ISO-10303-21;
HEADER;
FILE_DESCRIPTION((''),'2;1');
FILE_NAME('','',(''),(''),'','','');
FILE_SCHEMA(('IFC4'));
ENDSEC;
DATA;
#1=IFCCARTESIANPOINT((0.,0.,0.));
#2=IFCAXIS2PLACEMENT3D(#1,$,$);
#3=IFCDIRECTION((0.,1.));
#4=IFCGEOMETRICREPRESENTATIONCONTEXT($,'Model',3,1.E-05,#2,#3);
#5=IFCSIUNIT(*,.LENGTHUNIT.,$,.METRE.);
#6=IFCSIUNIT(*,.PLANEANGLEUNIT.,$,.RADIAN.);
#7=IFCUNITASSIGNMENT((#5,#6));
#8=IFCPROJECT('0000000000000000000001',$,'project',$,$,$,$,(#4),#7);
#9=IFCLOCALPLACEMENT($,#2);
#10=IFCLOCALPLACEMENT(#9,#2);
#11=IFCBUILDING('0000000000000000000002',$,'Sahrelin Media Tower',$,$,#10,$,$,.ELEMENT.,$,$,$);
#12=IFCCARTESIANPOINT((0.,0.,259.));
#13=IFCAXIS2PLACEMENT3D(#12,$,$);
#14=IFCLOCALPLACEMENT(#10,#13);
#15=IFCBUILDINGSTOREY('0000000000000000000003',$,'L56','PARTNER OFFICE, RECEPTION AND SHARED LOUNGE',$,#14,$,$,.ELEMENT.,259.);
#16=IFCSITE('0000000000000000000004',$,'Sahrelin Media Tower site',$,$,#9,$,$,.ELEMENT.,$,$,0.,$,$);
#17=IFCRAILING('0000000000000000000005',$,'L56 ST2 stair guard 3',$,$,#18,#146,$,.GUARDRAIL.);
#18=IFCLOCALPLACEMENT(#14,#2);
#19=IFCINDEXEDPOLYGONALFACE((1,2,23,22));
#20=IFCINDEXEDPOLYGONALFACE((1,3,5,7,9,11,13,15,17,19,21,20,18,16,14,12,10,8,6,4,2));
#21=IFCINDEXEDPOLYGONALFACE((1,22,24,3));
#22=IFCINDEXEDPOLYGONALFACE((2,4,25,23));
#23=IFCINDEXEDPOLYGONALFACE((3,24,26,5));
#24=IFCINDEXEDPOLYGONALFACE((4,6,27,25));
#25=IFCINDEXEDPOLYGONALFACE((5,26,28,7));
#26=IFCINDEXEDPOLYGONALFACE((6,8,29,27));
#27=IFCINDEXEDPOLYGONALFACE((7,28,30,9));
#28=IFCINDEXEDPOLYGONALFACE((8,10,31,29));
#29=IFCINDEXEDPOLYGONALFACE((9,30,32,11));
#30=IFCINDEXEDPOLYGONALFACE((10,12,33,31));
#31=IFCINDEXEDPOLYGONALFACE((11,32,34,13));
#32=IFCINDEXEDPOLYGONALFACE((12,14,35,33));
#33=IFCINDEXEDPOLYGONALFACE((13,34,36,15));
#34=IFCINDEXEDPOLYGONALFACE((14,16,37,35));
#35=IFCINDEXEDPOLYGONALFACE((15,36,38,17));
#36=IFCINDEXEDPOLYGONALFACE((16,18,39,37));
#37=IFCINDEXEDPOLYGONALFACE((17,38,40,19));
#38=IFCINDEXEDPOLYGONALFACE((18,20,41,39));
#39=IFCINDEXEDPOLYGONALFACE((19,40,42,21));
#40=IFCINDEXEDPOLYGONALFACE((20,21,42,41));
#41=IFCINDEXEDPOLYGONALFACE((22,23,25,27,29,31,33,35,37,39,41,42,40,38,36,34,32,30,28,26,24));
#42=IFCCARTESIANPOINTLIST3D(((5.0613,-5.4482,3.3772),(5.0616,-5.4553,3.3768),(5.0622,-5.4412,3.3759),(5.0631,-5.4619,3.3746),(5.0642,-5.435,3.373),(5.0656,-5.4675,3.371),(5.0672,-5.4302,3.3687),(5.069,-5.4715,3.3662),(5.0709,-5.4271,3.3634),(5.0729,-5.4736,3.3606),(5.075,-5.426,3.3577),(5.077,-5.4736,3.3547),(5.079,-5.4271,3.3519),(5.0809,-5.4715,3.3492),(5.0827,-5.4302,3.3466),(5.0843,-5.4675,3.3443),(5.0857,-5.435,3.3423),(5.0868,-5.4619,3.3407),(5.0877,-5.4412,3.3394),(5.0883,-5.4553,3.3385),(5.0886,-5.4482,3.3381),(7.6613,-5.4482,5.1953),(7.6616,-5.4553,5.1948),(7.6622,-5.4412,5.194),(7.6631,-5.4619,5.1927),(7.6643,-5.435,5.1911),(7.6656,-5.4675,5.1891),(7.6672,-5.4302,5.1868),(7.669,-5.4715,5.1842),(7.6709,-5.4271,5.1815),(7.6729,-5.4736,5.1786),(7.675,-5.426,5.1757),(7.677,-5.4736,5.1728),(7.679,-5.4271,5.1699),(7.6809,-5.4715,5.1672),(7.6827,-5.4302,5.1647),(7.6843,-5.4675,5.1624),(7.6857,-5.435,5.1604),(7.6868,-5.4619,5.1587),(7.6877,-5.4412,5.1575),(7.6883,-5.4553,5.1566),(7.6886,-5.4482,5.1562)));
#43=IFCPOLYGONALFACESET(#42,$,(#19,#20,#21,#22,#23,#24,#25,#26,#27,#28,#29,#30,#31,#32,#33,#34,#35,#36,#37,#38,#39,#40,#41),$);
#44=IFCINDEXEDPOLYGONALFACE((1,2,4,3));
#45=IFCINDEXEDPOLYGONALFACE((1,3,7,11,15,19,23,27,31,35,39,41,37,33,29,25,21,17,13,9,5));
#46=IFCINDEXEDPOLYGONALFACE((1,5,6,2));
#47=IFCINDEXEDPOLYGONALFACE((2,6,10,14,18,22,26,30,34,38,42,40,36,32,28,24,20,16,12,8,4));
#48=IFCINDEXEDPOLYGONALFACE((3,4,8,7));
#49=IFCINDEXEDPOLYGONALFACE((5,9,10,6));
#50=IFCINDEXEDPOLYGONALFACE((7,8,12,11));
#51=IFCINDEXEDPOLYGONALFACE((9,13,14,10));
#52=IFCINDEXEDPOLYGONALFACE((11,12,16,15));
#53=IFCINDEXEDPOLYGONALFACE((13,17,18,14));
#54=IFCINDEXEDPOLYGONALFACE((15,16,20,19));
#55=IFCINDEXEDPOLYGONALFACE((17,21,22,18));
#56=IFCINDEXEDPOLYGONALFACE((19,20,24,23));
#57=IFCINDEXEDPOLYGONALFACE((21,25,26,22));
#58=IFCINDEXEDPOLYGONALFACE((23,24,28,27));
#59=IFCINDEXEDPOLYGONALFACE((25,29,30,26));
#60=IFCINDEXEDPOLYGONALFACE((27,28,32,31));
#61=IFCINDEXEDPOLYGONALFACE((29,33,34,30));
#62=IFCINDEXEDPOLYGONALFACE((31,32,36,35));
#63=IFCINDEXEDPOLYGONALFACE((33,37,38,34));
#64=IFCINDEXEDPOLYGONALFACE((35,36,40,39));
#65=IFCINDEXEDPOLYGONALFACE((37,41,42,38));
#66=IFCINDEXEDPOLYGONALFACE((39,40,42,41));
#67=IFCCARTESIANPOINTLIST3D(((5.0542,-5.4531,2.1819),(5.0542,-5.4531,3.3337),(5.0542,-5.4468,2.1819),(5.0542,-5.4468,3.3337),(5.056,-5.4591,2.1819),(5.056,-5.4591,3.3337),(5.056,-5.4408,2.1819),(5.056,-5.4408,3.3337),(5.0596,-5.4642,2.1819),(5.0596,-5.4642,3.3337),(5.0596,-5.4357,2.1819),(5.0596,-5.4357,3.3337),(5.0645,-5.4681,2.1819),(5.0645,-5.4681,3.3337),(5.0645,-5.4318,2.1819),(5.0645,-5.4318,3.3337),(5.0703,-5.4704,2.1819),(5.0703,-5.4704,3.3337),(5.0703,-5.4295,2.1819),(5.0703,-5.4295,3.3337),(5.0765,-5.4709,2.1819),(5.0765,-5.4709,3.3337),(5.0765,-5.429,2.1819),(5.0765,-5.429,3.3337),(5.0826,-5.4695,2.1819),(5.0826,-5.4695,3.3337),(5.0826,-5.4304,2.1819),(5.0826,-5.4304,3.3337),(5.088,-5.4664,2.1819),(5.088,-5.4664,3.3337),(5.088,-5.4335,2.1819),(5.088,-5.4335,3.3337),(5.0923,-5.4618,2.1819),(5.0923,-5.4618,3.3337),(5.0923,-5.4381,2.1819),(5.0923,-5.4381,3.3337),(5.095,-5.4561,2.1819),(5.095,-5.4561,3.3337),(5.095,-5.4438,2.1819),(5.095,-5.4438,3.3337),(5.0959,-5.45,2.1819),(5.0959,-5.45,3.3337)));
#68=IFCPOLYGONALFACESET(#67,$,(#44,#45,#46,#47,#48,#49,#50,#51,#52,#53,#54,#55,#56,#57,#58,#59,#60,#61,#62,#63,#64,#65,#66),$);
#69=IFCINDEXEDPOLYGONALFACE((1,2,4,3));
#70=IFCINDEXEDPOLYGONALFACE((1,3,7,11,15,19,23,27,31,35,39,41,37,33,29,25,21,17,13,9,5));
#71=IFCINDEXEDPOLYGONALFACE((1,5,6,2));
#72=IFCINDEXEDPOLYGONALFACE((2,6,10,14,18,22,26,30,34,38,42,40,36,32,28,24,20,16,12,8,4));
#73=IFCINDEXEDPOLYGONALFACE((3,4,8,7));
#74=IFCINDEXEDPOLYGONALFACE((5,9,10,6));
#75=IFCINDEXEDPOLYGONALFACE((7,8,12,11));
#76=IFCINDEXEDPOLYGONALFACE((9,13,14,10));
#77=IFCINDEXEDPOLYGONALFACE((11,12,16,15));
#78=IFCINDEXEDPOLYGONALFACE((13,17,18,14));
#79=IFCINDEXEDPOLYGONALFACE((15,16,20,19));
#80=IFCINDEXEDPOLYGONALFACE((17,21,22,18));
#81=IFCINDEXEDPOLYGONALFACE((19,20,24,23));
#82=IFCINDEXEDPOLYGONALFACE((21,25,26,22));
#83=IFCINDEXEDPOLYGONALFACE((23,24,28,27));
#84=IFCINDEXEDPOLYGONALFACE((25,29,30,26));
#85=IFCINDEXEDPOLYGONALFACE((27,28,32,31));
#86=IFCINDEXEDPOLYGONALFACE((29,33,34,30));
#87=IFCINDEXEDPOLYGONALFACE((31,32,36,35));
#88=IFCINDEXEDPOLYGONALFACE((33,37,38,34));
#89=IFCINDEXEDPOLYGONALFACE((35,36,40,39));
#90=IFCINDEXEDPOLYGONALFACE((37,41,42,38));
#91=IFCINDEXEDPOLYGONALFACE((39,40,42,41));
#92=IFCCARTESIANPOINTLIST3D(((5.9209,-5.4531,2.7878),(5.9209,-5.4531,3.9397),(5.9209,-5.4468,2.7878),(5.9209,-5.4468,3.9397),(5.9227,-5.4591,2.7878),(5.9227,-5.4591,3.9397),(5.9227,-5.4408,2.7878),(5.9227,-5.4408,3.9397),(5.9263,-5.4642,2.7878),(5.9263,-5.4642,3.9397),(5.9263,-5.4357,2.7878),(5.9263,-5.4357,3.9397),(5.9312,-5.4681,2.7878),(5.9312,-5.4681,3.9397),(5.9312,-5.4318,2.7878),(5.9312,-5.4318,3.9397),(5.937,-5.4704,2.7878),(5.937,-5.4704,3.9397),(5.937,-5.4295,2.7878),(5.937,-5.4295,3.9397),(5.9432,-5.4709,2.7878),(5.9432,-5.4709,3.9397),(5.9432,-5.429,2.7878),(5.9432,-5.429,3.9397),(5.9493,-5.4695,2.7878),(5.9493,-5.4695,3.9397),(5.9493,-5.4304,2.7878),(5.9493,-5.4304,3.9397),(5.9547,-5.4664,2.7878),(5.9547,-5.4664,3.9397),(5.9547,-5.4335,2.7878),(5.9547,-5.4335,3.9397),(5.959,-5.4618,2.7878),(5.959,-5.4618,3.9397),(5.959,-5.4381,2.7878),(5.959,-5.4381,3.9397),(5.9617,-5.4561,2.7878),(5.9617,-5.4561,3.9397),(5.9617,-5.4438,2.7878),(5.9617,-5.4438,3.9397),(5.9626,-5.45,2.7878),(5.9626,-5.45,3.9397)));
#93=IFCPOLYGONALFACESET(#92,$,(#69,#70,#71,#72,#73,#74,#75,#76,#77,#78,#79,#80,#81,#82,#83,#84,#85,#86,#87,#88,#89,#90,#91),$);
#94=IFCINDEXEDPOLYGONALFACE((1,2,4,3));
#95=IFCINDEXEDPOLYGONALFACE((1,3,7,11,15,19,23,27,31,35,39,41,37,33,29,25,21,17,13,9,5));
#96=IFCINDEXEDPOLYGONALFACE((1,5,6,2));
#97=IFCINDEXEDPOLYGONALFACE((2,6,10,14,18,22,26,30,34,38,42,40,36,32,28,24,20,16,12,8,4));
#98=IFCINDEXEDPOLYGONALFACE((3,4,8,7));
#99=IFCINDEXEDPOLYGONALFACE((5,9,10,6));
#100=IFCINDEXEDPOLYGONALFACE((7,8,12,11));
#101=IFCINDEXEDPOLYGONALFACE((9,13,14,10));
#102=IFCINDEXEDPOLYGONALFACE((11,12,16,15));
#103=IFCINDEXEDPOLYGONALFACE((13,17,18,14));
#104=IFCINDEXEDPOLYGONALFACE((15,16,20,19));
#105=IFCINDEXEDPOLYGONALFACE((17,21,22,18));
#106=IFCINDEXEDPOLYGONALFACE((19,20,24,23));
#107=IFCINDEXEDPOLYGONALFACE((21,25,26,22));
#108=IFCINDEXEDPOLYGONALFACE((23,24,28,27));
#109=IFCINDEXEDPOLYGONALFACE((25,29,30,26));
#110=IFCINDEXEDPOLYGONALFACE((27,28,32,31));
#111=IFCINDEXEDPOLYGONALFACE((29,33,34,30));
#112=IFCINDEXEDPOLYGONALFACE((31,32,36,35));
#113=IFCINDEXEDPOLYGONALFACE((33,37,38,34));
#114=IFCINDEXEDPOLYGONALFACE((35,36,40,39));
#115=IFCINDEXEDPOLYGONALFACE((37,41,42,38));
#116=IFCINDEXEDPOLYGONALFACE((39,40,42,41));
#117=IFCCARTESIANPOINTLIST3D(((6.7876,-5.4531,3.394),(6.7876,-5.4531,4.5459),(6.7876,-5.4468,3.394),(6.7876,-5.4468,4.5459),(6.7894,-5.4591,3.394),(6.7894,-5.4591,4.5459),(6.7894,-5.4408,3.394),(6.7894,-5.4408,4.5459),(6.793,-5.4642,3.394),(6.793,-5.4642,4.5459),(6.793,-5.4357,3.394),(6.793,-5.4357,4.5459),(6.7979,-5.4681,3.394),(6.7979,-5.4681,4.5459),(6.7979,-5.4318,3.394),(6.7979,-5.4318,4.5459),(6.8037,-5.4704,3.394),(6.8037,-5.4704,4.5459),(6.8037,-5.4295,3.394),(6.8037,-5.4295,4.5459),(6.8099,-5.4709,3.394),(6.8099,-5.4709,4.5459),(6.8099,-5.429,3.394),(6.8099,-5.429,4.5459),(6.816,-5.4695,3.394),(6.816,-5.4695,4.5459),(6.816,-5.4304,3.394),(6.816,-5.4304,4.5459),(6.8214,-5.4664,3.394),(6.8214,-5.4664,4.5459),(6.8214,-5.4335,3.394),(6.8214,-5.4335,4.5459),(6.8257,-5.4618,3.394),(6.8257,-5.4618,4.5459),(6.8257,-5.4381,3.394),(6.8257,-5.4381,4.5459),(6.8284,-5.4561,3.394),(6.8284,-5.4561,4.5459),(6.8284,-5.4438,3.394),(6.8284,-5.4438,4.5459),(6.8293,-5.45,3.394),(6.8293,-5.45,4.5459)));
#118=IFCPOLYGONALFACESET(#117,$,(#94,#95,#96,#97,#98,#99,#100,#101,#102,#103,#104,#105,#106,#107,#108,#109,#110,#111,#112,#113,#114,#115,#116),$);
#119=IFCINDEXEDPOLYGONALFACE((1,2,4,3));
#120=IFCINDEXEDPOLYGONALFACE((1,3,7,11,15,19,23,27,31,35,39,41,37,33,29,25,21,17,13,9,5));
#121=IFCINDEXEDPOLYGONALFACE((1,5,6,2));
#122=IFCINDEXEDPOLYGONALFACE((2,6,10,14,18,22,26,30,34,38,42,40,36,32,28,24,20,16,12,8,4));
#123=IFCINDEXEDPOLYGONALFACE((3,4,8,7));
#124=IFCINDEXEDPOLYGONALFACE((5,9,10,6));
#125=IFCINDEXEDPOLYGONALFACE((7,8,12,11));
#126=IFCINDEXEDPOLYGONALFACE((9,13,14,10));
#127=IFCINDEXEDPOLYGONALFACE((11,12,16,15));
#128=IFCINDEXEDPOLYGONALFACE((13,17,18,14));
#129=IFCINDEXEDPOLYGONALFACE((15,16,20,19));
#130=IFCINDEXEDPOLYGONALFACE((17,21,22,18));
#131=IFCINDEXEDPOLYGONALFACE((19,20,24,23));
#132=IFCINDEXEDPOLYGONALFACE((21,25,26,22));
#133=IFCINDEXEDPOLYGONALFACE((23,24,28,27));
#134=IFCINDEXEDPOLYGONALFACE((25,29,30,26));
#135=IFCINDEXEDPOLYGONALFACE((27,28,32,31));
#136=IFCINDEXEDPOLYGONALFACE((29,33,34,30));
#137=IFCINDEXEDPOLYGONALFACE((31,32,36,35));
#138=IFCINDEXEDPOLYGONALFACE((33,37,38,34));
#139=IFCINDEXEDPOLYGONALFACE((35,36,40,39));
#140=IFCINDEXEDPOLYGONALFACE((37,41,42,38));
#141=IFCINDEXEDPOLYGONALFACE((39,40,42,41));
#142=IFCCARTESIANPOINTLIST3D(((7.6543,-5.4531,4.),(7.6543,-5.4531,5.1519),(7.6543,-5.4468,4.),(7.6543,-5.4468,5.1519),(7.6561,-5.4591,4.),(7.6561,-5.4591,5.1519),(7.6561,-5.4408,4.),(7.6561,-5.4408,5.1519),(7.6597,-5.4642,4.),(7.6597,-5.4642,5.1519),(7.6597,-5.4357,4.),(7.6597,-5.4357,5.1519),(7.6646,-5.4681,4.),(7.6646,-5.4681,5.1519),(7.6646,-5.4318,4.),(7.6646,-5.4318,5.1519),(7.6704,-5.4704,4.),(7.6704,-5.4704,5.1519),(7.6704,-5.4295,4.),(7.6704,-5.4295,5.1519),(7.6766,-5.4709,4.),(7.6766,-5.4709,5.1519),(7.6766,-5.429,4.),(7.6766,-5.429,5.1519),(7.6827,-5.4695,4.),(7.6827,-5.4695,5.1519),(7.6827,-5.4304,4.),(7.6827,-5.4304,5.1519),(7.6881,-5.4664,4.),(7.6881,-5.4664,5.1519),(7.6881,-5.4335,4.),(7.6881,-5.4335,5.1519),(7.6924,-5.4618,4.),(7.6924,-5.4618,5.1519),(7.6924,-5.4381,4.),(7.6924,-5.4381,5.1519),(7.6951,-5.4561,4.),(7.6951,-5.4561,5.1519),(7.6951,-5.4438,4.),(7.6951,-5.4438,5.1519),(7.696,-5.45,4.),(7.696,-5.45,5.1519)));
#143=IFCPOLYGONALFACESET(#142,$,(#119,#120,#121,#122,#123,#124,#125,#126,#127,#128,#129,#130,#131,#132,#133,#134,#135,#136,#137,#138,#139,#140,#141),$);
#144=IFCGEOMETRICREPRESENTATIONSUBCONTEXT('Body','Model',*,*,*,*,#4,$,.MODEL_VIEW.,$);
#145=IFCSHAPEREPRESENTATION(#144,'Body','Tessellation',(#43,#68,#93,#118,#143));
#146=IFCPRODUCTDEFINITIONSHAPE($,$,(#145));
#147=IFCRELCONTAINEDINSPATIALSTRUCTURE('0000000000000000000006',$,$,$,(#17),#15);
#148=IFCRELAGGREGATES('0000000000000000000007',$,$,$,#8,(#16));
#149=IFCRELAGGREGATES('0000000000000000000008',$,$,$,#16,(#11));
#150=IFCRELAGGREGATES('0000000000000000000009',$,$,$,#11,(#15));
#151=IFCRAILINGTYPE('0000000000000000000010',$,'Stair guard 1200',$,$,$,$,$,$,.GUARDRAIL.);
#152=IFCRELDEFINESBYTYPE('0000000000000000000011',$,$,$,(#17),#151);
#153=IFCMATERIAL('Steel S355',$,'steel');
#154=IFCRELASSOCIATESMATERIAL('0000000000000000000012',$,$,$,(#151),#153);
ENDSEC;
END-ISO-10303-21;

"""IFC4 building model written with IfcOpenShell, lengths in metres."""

from ifc_helpers import new_model, si_unit, direction, frame, origin, origin_2d, place, context, subcontext, project, spatial, circle, extrude, material, type_object, element, save


model = new_model("IFC4")

# Units and contexts
model_context = context("Model", 3, precision=1e-05, world=origin(), true_north=direction((0.0, 1.0)))
body_context = subcontext(model_context, "Body", "Model", "MODEL_VIEW")
ifc_project = project(units=[si_unit("LENGTHUNIT", "METRE"), si_unit("PLANEANGLEUNIT", "RADIAN")], contexts=[model_context])

# Site, building, storey
site_placement = place(None, origin())
site = spatial("IfcSite", under=ifc_project, at=site_placement, Name="Sahrelin Media Tower site", CompositionType="ELEMENT", RefElevation=0.0)
building_placement = place(site_placement, origin())
building = spatial("IfcBuilding", under=site, at=building_placement, Name="Sahrelin Media Tower", CompositionType="ELEMENT")
storey_placement = place(building_placement, frame((0.0, 0.0, 259.0)))
storey = spatial("IfcBuildingStorey", under=building, at=storey_placement, Name="L56", Description="PARTNER OFFICE, RECEPTION AND SHARED LOUNGE", CompositionType="ELEMENT", Elevation=259.0)

# Shared definitions
ifc_material_1 = material(Name="Steel S355", Category="steel")

# Railing
railing_type_1 = type_object("IfcRailingType", Name="Stair guard 1200", PredefinedType="GUARDRAIL", material=ifc_material_1)
railing_1_placement = place(storey_placement, frame((5.075, -5.45, 2.1819)))
element("IfcRailing", 1, at=railing_1_placement, inside=storey, type_object=railing_type_1, Name="L56 ST2 stair guard 3", PredefinedType="GUARDRAIL", context=body_context, shape_type="SweptSolid", body=[
    extrude(circle(Radius=0.0239, at=origin_2d()), frame((0.0, 0.0, 1.1758), z_axis=(0.819521, 0.0, 0.573049), x_axis=(0.0, 1.0, 0.0)), (0.0, 0.0, 1.0), 3.1726),
    extrude(circle(Radius=0.021, at=origin_2d()), origin(), (0.0, 0.0, 1.0), 1.1519),
    extrude(circle(Radius=0.021, at=origin_2d()), frame((0.8667, 0.0, 0.606)), (0.0, 0.0, 1.0), 1.1519),
    extrude(circle(Radius=0.021, at=origin_2d()), frame((1.7334, 0.0, 1.2122)), (0.0, 0.0, 1.0), 1.1519),
    extrude(circle(Radius=0.021, at=origin_2d()), frame((2.6001, 0.0, 1.8181)), (0.0, 0.0, 1.0), 1.1519),
])

save(model, "model.ifc")
